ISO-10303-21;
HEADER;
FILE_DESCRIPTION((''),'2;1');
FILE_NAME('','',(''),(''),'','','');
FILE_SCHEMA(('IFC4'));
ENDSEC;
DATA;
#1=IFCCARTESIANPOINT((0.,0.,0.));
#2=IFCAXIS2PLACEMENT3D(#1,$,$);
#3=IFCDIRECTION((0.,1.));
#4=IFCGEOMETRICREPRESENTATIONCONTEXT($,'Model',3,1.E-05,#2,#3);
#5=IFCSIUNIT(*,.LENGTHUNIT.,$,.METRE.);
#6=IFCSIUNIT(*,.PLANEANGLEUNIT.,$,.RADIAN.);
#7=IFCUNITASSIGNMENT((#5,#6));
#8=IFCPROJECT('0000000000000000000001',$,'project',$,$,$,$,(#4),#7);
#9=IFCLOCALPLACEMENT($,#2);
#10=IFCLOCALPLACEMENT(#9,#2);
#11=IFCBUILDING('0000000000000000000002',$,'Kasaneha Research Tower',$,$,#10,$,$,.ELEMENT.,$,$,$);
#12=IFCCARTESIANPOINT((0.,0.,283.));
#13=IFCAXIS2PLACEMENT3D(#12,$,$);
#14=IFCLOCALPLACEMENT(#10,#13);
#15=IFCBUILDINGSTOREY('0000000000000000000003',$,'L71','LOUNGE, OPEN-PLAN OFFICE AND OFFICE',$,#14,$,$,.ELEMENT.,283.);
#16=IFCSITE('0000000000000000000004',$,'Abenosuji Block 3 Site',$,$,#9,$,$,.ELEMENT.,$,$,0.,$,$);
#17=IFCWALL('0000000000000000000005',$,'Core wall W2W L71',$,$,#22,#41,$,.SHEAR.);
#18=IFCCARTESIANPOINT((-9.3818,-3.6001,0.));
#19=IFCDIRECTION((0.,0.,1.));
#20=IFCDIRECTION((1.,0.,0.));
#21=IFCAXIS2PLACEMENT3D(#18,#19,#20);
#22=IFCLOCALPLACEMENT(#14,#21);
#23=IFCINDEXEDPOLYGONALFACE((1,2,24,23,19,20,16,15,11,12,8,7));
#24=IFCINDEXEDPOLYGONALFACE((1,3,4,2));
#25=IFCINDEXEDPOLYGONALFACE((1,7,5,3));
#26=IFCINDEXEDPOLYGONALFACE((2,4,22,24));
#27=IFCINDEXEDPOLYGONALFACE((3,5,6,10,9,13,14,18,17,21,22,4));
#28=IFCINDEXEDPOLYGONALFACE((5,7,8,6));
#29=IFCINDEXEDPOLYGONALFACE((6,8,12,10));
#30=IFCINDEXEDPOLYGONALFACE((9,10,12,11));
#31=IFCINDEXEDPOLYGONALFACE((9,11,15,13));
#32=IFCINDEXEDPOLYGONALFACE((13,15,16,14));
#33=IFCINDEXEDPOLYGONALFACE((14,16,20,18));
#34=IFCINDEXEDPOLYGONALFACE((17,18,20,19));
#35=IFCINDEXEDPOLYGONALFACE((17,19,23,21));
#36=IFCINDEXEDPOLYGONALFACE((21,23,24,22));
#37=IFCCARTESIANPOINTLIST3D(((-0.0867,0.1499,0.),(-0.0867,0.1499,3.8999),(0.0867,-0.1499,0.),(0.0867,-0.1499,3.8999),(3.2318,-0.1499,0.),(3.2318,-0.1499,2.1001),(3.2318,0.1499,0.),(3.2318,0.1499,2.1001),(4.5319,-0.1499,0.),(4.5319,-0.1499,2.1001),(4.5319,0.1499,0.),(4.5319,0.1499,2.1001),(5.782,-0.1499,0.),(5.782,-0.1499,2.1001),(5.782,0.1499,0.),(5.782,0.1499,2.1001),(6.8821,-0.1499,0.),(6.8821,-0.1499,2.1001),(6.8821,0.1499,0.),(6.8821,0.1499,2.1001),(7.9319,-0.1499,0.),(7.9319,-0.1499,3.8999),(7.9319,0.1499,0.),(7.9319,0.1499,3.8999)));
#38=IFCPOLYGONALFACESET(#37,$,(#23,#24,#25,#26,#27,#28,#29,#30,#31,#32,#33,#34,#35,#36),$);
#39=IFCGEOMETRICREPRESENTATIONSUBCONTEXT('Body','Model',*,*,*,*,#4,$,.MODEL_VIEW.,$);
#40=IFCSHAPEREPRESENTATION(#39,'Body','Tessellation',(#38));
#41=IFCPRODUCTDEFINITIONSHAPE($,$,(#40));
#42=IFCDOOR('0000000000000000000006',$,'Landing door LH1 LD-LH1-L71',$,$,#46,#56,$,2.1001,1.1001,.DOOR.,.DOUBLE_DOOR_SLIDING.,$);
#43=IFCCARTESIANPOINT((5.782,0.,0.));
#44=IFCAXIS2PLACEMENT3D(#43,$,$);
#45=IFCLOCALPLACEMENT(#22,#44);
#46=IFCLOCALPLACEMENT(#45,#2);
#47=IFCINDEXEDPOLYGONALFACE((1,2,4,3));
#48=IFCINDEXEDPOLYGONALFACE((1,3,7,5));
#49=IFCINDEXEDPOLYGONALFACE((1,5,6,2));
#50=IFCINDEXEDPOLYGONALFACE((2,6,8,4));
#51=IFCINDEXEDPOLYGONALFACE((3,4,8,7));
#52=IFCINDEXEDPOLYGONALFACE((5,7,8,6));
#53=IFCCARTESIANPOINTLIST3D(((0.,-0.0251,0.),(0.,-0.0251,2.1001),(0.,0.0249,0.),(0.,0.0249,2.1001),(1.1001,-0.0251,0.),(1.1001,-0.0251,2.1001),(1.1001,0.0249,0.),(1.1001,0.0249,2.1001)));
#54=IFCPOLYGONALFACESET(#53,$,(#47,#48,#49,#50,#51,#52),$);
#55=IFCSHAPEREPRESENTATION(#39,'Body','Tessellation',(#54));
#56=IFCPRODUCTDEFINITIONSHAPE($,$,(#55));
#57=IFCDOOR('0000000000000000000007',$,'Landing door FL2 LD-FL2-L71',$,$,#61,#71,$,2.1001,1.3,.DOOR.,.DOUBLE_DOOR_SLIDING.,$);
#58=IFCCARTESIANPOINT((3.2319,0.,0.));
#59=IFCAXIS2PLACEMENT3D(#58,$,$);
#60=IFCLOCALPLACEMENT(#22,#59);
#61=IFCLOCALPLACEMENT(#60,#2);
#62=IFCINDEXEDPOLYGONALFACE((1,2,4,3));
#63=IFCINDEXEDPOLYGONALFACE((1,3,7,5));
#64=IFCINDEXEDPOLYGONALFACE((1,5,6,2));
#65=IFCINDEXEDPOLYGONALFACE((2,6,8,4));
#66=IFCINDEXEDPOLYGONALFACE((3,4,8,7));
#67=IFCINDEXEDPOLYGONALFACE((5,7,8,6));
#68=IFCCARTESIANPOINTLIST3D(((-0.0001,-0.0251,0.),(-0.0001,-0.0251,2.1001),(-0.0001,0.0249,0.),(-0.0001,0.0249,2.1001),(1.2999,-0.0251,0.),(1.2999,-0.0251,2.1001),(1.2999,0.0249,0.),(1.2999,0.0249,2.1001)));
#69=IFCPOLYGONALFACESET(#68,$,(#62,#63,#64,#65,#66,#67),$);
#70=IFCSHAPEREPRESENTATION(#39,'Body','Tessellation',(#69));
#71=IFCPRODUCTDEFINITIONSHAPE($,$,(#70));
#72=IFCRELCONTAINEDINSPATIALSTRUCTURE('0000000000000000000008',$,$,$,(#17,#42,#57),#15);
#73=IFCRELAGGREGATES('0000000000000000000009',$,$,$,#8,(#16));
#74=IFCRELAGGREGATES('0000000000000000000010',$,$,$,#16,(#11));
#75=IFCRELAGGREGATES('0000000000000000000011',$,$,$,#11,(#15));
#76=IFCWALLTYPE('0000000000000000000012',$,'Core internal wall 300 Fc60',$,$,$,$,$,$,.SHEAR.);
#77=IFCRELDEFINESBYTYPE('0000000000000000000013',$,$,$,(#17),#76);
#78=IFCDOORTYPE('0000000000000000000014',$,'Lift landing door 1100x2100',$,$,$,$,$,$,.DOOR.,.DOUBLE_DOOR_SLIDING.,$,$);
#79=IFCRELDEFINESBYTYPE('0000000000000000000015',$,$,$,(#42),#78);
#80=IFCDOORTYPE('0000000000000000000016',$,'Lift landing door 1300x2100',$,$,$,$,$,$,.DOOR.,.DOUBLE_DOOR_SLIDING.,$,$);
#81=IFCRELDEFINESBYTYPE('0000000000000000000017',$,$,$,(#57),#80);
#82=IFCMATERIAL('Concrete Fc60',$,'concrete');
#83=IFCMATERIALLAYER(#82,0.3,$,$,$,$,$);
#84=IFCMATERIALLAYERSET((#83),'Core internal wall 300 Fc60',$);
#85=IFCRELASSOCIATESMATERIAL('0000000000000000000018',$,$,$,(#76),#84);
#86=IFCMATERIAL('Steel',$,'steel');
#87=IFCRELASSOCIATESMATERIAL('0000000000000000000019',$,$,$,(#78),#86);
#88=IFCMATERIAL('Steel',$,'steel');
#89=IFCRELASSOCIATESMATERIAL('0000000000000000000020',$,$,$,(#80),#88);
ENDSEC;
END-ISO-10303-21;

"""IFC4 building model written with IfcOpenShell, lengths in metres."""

from ifc_helpers import new_model, si_unit, direction, frame, frame_2d, origin, place, context, subcontext, project, spatial, polyline, rectangle, outline, extrude, material, layer, layer_set, type_object, element, fill, save


model = new_model("IFC4")

# Units and contexts
model_context = context("Model", 3, precision=1e-05, world=origin(), true_north=direction((0.0, 1.0)))
body_context = subcontext(model_context, "Body", "Model", "MODEL_VIEW")
ifc_project = project(units=[si_unit("LENGTHUNIT", "METRE"), si_unit("PLANEANGLEUNIT", "RADIAN")], contexts=[model_context])

# Site, building, storey
site_placement = place(None, origin())
site = spatial("IfcSite", under=ifc_project, at=site_placement, Name="Abenosuji Block 3 Site", CompositionType="ELEMENT", RefElevation=0.0)
building_placement = place(site_placement, origin())
building = spatial("IfcBuilding", under=site, at=building_placement, Name="Kasaneha Research Tower", CompositionType="ELEMENT")
storey_placement = place(building_placement, frame((0.0, 0.0, 283.0)))
storey = spatial("IfcBuildingStorey", under=building, at=storey_placement, Name="L71", Description="LOUNGE, OPEN-PLAN OFFICE AND OFFICE", CompositionType="ELEMENT", Elevation=283.0)

# Wall, openings, doors
ifc_material_1 = material(Name="Concrete Fc60", Category="concrete")
ifc_layer_1 = layer(ifc_material_1, 0.3)
ifc_layer_set_1 = layer_set([ifc_layer_1], Name="Core internal wall 300 Fc60")
wall_type_1 = type_object("IfcWallType", Name="Core internal wall 300 Fc60", PredefinedType="SHEAR", material=ifc_layer_set_1)
wall_1_placement = place(storey_placement, frame((-9.3818, -3.6001, 0.0), z_axis=(0.0, 0.0, 1.0), x_axis=(1.0, 0.0, 0.0)))
wall_1 = element("IfcWall", 1, at=wall_1_placement, inside=storey, type_object=wall_type_1, Name="Core wall W2W L71", PredefinedType="SHEAR", context=body_context, shape_type="SweptSolid", body=[
    extrude(outline(polyline([(0.0867, -0.1499), (3.2319, -0.1499), (4.532, -0.1499), (5.782, -0.1499), (6.8821, -0.1499), (7.9319, -0.1499), (7.9319, 0.1499), (6.8821, 0.1499), (5.782, 0.1499), (4.532, 0.1499), (3.2319, 0.1499), (-0.0867, 0.1499), (0.0867, -0.1499)])), origin(), (0.0, 0.0, 1.0), 3.8999),
])
opening_1_placement = place(wall_1_placement, frame((5.782, 0.0, 0.0)))
opening_1 = element("IfcOpeningElement", 2, at=opening_1_placement, cuts=wall_1, PredefinedType="OPENING", context=body_context, shape_type="SweptSolid", body=[
    extrude(rectangle(XDim=1.1001, YDim=2.1001, at=frame_2d((0.55, 1.05))), frame((0.0, 0.1602, 0.0), z_axis=(0.0, -1.0, 0.0), x_axis=(1.0, 0.0, 0.0)), (0.0, 0.0, 1.0), 0.3201),
])
opening_2_placement = place(wall_1_placement, frame((3.2319, 0.0, 0.0)))
opening_2 = element("IfcOpeningElement", 3, at=opening_2_placement, cuts=wall_1, PredefinedType="OPENING", context=body_context, shape_type="SweptSolid", body=[
    extrude(rectangle(XDim=1.3, YDim=2.1001, at=frame_2d((0.6499, 1.05))), frame((0.0, 0.1602, 0.0), z_axis=(0.0, -1.0, 0.0), x_axis=(1.0, 0.0, 0.0)), (0.0, 0.0, 1.0), 0.3201),
])
ifc_material_2 = material(Name="Steel", Category="steel")
door_type_1 = type_object("IfcDoorType", Name="Lift landing door 1100x2100", OperationType="DOUBLE_DOOR_SLIDING", PredefinedType="DOOR", material=ifc_material_2)
door_1_placement = place(opening_1_placement, origin())
door_1 = element("IfcDoor", 4, at=door_1_placement, inside=storey, type_object=door_type_1, Name="Landing door LH1 LD-LH1-L71", OperationType="DOUBLE_DOOR_SLIDING", OverallHeight=2.1001, OverallWidth=1.1001, PredefinedType="DOOR", context=body_context, shape_type="SweptSolid", body=[
    extrude(rectangle(XDim=1.1001, YDim=2.1001, at=frame_2d((0.55, 1.05))), frame((0.0, 0.0249, 0.0), z_axis=(0.0, -1.0, 0.0), x_axis=(1.0, 0.0, 0.0)), (0.0, 0.0, 1.0), 0.05),
])
fill(opening_1, door_1)
ifc_material_3 = material(Name="Steel", Category="steel")
door_type_2 = type_object("IfcDoorType", Name="Lift landing door 1300x2100", OperationType="DOUBLE_DOOR_SLIDING", PredefinedType="DOOR", material=ifc_material_3)
door_2_placement = place(opening_2_placement, origin())
door_2 = element("IfcDoor", 5, at=door_2_placement, inside=storey, type_object=door_type_2, Name="Landing door FL2 LD-FL2-L71", OperationType="DOUBLE_DOOR_SLIDING", OverallHeight=2.1001, OverallWidth=1.3, PredefinedType="DOOR", context=body_context, shape_type="SweptSolid", body=[
    extrude(rectangle(XDim=1.3, YDim=2.1001, at=frame_2d((0.6499, 1.05))), frame((0.0, 0.0249, 0.0), z_axis=(0.0, -1.0, 0.0), x_axis=(1.0, 0.0, 0.0)), (0.0, 0.0, 1.0), 0.05),
])
fill(opening_2, door_2)

save(model, "model.ifc")
